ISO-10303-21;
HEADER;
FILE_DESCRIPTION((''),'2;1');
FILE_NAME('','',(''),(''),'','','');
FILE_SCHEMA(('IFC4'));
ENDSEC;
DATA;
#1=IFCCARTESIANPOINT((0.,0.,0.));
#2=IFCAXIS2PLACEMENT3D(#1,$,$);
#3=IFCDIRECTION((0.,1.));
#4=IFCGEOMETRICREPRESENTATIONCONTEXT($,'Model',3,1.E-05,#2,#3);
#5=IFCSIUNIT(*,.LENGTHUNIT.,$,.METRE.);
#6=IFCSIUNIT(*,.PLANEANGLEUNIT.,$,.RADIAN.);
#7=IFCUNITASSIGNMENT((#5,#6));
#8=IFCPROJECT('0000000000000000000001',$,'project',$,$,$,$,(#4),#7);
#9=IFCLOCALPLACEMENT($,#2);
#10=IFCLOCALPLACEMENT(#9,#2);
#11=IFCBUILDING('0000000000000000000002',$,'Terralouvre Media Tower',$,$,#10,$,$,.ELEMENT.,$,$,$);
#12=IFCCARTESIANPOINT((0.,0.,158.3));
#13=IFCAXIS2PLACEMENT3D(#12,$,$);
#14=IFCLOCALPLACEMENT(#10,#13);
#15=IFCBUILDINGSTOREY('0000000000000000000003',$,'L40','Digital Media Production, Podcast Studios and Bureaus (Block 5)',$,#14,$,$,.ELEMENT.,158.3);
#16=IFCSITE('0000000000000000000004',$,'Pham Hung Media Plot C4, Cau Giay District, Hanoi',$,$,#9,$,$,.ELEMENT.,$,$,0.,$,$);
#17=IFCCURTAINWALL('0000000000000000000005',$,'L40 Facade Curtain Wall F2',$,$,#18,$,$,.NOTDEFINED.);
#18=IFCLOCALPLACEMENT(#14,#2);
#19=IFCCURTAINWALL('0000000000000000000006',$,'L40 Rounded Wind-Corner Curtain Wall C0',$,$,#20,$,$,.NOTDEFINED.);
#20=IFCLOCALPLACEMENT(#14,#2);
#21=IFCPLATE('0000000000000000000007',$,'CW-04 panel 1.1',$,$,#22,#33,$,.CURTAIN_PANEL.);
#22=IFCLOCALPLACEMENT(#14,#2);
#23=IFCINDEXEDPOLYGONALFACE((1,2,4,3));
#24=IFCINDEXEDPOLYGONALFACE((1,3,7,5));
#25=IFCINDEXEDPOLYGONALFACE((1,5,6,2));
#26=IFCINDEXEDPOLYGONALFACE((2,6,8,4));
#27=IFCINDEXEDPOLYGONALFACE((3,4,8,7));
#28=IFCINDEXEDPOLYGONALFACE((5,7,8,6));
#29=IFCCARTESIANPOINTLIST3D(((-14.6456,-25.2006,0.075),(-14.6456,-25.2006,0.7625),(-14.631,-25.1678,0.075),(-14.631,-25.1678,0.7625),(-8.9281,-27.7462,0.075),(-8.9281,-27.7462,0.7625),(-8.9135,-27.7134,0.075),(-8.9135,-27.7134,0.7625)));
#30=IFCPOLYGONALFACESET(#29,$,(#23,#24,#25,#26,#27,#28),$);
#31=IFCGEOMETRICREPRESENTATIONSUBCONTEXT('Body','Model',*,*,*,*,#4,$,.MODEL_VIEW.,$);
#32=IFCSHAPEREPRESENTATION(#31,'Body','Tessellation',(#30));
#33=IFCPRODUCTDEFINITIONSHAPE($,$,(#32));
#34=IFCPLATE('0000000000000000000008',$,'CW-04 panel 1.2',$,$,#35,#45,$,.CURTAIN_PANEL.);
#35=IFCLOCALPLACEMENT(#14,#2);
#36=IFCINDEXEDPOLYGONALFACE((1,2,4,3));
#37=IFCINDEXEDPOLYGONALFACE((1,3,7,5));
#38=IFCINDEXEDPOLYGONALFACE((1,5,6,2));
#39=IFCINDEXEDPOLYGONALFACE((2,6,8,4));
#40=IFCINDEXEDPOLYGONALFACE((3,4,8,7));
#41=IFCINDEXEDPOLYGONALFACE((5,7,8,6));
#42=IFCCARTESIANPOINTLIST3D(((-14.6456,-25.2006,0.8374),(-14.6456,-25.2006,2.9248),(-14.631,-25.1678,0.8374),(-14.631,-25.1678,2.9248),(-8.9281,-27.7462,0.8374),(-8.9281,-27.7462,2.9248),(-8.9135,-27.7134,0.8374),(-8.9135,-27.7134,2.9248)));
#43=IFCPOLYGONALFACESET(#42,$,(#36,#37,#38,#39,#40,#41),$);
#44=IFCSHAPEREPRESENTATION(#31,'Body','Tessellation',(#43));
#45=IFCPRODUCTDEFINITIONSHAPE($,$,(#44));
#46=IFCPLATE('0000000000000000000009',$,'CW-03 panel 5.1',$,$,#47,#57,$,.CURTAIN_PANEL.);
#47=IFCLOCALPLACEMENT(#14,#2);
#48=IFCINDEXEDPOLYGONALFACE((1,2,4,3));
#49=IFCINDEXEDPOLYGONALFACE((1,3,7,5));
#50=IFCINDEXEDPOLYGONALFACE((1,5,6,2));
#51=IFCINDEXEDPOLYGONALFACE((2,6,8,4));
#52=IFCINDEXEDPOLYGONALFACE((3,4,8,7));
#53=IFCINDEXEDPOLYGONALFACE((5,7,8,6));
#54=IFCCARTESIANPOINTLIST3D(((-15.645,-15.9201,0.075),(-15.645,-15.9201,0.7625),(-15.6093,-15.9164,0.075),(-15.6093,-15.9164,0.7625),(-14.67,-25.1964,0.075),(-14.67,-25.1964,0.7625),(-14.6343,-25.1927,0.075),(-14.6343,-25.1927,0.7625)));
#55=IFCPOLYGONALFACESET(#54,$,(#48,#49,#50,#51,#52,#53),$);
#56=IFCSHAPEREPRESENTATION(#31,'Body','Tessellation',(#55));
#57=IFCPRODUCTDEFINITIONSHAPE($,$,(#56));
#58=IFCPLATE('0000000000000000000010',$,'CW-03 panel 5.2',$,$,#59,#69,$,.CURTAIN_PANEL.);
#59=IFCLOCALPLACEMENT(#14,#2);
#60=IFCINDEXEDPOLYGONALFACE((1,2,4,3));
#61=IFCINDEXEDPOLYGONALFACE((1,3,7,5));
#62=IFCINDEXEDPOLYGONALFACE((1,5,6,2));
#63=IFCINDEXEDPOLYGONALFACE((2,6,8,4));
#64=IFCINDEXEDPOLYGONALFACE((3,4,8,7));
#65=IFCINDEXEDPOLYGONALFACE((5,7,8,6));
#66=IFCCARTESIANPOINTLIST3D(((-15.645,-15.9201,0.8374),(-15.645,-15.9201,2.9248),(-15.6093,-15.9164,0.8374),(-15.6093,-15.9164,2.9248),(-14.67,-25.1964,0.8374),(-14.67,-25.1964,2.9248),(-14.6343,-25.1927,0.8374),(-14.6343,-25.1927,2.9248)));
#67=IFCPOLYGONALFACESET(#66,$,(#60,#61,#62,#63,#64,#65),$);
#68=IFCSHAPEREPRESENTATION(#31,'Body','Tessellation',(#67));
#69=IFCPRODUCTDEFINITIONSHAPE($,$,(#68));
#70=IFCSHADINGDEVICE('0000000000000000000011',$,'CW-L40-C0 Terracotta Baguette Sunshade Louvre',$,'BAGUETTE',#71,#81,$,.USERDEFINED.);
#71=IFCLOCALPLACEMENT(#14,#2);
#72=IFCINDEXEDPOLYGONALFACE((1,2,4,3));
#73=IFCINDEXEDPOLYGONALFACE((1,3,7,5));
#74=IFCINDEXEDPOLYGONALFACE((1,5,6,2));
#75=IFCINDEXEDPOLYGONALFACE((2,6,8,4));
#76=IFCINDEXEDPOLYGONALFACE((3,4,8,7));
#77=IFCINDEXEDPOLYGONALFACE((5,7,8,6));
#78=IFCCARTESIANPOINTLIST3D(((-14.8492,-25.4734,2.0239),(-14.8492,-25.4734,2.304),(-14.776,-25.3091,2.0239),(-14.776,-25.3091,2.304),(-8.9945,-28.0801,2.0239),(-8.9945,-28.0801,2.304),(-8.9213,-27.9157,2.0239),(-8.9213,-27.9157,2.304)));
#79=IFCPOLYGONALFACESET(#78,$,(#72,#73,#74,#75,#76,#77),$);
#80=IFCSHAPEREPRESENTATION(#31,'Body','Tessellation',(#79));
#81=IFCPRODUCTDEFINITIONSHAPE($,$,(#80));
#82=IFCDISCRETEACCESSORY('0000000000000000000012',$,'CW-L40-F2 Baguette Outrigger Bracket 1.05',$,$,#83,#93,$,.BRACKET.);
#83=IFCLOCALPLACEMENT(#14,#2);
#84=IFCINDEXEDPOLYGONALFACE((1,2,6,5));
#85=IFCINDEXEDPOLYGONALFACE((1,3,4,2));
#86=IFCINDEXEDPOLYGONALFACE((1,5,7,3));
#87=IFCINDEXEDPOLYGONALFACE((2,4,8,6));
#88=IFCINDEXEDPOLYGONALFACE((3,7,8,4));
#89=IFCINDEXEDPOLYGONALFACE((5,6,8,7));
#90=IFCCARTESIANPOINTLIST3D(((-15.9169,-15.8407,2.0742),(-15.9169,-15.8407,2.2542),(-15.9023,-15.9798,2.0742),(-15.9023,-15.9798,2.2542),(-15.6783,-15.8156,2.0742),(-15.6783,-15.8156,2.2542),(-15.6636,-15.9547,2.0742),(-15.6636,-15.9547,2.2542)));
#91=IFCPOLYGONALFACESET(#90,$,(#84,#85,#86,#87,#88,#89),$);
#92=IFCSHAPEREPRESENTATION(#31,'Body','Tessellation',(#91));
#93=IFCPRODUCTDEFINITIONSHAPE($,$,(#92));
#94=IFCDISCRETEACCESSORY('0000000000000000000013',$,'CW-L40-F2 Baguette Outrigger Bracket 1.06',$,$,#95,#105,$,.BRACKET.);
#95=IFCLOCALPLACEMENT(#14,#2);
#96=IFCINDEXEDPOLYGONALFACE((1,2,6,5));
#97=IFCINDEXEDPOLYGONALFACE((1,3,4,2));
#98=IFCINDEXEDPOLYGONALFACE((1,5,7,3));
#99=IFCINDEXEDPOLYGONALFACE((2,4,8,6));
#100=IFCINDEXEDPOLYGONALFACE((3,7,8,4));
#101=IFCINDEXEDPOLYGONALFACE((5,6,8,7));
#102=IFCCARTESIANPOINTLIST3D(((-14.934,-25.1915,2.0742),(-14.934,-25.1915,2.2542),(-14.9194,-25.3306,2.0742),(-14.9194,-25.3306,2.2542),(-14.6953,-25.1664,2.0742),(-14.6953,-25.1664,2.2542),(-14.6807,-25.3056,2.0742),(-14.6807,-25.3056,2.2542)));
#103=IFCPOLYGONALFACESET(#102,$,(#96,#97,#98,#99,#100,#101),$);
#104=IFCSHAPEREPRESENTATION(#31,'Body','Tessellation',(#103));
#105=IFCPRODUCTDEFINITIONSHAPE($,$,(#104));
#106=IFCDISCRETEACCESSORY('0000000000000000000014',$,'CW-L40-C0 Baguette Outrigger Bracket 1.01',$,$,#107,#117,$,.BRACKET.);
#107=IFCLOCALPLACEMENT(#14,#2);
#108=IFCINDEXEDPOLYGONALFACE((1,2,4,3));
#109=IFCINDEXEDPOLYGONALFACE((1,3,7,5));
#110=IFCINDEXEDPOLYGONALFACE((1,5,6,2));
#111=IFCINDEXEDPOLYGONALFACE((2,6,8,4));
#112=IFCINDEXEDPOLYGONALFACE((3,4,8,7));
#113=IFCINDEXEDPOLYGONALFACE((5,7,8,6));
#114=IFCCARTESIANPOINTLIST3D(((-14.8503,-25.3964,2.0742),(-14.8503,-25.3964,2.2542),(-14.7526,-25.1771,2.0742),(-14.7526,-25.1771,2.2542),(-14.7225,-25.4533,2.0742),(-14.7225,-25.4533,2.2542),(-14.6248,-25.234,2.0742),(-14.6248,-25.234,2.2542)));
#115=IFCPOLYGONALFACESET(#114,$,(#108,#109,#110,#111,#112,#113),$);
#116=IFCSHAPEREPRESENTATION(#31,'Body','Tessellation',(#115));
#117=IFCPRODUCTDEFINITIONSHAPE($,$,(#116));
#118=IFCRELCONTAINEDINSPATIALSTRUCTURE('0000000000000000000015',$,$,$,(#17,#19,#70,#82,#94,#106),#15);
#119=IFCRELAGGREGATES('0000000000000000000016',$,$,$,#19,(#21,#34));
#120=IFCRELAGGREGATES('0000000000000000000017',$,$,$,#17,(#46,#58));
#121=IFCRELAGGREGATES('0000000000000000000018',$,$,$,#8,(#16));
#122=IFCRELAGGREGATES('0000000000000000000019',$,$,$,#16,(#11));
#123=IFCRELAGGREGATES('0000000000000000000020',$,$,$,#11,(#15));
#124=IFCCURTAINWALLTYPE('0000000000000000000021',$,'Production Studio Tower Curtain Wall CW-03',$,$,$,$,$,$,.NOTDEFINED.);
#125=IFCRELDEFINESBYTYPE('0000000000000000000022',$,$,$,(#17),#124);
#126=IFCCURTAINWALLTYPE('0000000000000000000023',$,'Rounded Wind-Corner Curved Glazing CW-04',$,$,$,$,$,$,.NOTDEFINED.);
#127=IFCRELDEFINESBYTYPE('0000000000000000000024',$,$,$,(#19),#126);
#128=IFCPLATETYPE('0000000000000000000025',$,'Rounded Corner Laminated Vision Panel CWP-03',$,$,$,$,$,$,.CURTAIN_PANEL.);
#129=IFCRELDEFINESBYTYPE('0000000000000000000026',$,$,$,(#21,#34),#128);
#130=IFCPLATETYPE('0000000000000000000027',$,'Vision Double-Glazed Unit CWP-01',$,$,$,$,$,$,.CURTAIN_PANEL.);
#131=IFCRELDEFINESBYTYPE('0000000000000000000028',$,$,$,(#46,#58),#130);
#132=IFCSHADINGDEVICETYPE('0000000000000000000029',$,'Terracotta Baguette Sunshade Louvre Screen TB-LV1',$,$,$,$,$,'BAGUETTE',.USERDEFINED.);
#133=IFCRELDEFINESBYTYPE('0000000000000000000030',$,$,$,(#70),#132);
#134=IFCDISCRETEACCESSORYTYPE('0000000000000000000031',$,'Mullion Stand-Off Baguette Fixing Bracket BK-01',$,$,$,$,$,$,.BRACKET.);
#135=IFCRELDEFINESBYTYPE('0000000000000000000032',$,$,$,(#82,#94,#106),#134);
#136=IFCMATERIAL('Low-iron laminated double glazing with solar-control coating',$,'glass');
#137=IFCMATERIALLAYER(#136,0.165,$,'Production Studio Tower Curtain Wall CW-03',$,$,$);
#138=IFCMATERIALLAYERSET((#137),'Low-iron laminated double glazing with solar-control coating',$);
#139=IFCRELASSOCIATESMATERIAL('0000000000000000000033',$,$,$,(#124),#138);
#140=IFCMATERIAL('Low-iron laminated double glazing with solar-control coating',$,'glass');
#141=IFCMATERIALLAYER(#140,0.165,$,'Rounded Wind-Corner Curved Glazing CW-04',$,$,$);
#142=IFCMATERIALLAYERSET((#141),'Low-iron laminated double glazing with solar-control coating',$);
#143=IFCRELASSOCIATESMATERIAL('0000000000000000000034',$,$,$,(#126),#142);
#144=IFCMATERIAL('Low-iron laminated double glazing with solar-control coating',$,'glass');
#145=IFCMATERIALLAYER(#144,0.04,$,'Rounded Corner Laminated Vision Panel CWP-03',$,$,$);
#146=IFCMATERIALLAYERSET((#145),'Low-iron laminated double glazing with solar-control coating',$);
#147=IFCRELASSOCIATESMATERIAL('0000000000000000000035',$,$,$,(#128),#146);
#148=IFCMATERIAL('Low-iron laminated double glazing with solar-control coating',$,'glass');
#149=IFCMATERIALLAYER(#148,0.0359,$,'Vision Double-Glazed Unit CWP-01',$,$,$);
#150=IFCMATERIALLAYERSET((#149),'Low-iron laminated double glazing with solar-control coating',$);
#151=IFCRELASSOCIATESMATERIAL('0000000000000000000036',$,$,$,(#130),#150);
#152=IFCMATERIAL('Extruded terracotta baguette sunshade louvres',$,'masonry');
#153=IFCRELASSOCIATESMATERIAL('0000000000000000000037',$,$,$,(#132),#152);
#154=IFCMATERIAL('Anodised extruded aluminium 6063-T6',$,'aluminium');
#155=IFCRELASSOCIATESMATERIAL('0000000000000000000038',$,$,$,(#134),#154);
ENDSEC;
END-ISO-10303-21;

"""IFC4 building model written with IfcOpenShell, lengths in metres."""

from ifc_helpers import new_model, si_unit, direction, frame, origin, origin_2d, place, context, subcontext, project, spatial, rectangle, extrude, material, layer, layer_set, type_object, element, aggregate, save


model = new_model("IFC4")

# Units and contexts
model_context = context("Model", 3, precision=1e-05, world=origin(), true_north=direction((0.0, 1.0)))
body_context = subcontext(model_context, "Body", "Model", "MODEL_VIEW")
ifc_project = project(units=[si_unit("LENGTHUNIT", "METRE"), si_unit("PLANEANGLEUNIT", "RADIAN")], contexts=[model_context])

# Site, building, storey
site_placement = place(None, origin())
site = spatial("IfcSite", under=ifc_project, at=site_placement, Name="Pham Hung Media Plot C4, Cau Giay District, Hanoi", CompositionType="ELEMENT", RefElevation=0.0)
building_placement = place(site_placement, origin())
building = spatial("IfcBuilding", under=site, at=building_placement, Name="Terralouvre Media Tower", CompositionType="ELEMENT")
storey_placement = place(building_placement, frame((0.0, 0.0, 158.3)))
storey = spatial("IfcBuildingStorey", under=building, at=storey_placement, Name="L40", Description="Digital Media Production, Podcast Studios and Bureaus (Block 5)", CompositionType="ELEMENT", Elevation=158.3)

# Curtain walls
ifc_material_1 = material(Name="Low-iron laminated double glazing with solar-control coating", Category="glass")
ifc_layer_1 = layer(ifc_material_1, 0.165, Name="Production Studio Tower Curtain Wall CW-03")
ifc_layer_set_1 = layer_set([ifc_layer_1], Name="Low-iron laminated double glazing with solar-control coating")
curtain_wall_type_1 = type_object("IfcCurtainWallType", Name="Production Studio Tower Curtain Wall CW-03", PredefinedType="NOTDEFINED", material=ifc_layer_set_1)
curtain_wall_1_placement = place(storey_placement, origin())
curtain_wall_1 = element("IfcCurtainWall", 1, at=curtain_wall_1_placement, inside=storey, type_object=curtain_wall_type_1, Name="L40 Facade Curtain Wall F2", PredefinedType="NOTDEFINED")
ifc_material_2 = material(Name="Low-iron laminated double glazing with solar-control coating", Category="glass")
ifc_layer_2 = layer(ifc_material_2, 0.165, Name="Rounded Wind-Corner Curved Glazing CW-04")
ifc_layer_set_2 = layer_set([ifc_layer_2], Name="Low-iron laminated double glazing with solar-control coating")
curtain_wall_type_2 = type_object("IfcCurtainWallType", Name="Rounded Wind-Corner Curved Glazing CW-04", PredefinedType="NOTDEFINED", material=ifc_layer_set_2)
curtain_wall_2_placement = place(storey_placement, origin())
curtain_wall_2 = element("IfcCurtainWall", 2, at=curtain_wall_2_placement, inside=storey, type_object=curtain_wall_type_2, Name="L40 Rounded Wind-Corner Curtain Wall C0", PredefinedType="NOTDEFINED")

# Plates
ifc_material_3 = material(Name="Low-iron laminated double glazing with solar-control coating", Category="glass")
ifc_layer_3 = layer(ifc_material_3, 0.04, Name="Rounded Corner Laminated Vision Panel CWP-03")
ifc_layer_set_3 = layer_set([ifc_layer_3], Name="Low-iron laminated double glazing with solar-control coating")
plate_type_1 = type_object("IfcPlateType", Name="Rounded Corner Laminated Vision Panel CWP-03", PredefinedType="CURTAIN_PANEL", material=ifc_layer_set_3)
plate_1_placement = place(storey_placement, frame((-11.7795, -26.457, 0.075), z_axis=(0.0, 0.0, 1.0), x_axis=(0.913545, -0.406737, 0.0)))
plate_1 = element("IfcPlate", 3, at=plate_1_placement, type_object=plate_type_1, Name="CW-04 panel 1.1", PredefinedType="CURTAIN_PANEL", context=body_context, shape_type="SweptSolid", body=[
    extrude(rectangle(XDim=6.2585, YDim=0.0359, at=origin_2d()), origin(), (0.0, 0.0, 1.0), 0.6875),
])
plate_2_placement = place(storey_placement, frame((-11.7795, -26.457, 0.8374), z_axis=(0.0, 0.0, 1.0), x_axis=(0.913545, -0.406737, 0.0)))
plate_2 = element("IfcPlate", 4, at=plate_2_placement, type_object=plate_type_1, Name="CW-04 panel 1.2", PredefinedType="CURTAIN_PANEL", context=body_context, shape_type="SweptSolid", body=[
    extrude(rectangle(XDim=6.2585, YDim=0.0359, at=origin_2d()), origin(), (0.0, 0.0, 1.0), 2.0874),
])
aggregate(curtain_wall_2, [plate_1, plate_2])
ifc_material_4 = material(Name="Low-iron laminated double glazing with solar-control coating", Category="glass")
ifc_layer_4 = layer(ifc_material_4, 0.0359, Name="Vision Double-Glazed Unit CWP-01")
ifc_layer_set_4 = layer_set([ifc_layer_4], Name="Low-iron laminated double glazing with solar-control coating")
plate_type_2 = type_object("IfcPlateType", Name="Vision Double-Glazed Unit CWP-01", PredefinedType="CURTAIN_PANEL", material=ifc_layer_set_4)
plate_3_placement = place(storey_placement, frame((-15.1396, -20.5564, 0.075), z_axis=(0.0, 0.0, 1.0), x_axis=(0.104528, -0.994522, 0.0)))
plate_3 = element("IfcPlate", 5, at=plate_3_placement, type_object=plate_type_2, Name="CW-03 panel 5.1", PredefinedType="CURTAIN_PANEL", context=body_context, shape_type="SweptSolid", body=[
    extrude(rectangle(XDim=9.3274, YDim=0.0359, at=origin_2d()), origin(), (0.0, 0.0, 1.0), 0.6875),
])
plate_4_placement = place(storey_placement, frame((-15.1396, -20.5564, 0.8374), z_axis=(0.0, 0.0, 1.0), x_axis=(0.104528, -0.994522, 0.0)))
plate_4 = element("IfcPlate", 6, at=plate_4_placement, type_object=plate_type_2, Name="CW-03 panel 5.2", PredefinedType="CURTAIN_PANEL", context=body_context, shape_type="SweptSolid", body=[
    extrude(rectangle(XDim=9.3274, YDim=0.0359, at=origin_2d()), origin(), (0.0, 0.0, 1.0), 2.0874),
])
aggregate(curtain_wall_1, [plate_3, plate_4])

# Shading device
ifc_material_5 = material(Name="Extruded terracotta baguette sunshade louvres", Category="masonry")
shading_device_type = type_object("IfcShadingDeviceType", Name="Terracotta Baguette Sunshade Louvre Screen TB-LV1", ElementType="BAGUETTE", PredefinedType="USERDEFINED", material=ifc_material_5)
shading_device_placement = place(storey_placement, frame((-11.8853, -26.6946, 2.0239), z_axis=(0.0, 0.0, 1.0), x_axis=(0.913545, -0.406737, 0.0)))
element("IfcShadingDevice", 7, at=shading_device_placement, inside=storey, type_object=shading_device_type, Name="CW-L40-C0 Terracotta Baguette Sunshade Louvre", ObjectType="BAGUETTE", PredefinedType="USERDEFINED", context=body_context, shape_type="SweptSolid", body=[
    extrude(rectangle(XDim=6.4087, YDim=0.1799, at=origin_2d()), origin(), (0.0, 0.0, 1.0), 0.28),
])

# Discrete accessories
ifc_material_6 = material(Name="Anodised extruded aluminium 6063-T6", Category="aluminium")
discrete_accessory_type = type_object("IfcDiscreteAccessoryType", Name="Mullion Stand-Off Baguette Fixing Bracket BK-01", PredefinedType="BRACKET", material=ifc_material_6)
for number, where, z_axis, x_axis, name in (
    (8, (-15.7903, -15.8977, 2.0742), (0.0, 0.0, 1.0), (0.104528, -0.994522, 0.0), "CW-L40-F2 Baguette Outrigger Bracket 1.05"),
    (9, (-14.8074, -25.2485, 2.0742), (0.0, 0.0, 1.0), (0.104528, -0.994522, 0.0), "CW-L40-F2 Baguette Outrigger Bracket 1.06"),
    (10, (-14.7375, -25.3152, 2.0742), (0.0, 0.0, 1.0), (0.913545, -0.406737, 0.0), "CW-L40-C0 Baguette Outrigger Bracket 1.01"),
):
    element("IfcDiscreteAccessory", number, at=place(storey_placement, frame(where, z_axis=z_axis, x_axis=x_axis)), inside=storey, type_object=discrete_accessory_type, Name=name, PredefinedType="BRACKET", context=body_context, shape_type="SweptSolid", body=[
        extrude(rectangle(XDim=0.1399, YDim=0.24, at=origin_2d()), origin(), (0.0, 0.0, 1.0), 0.1799),
    ])

save(model, "model.ifc")
